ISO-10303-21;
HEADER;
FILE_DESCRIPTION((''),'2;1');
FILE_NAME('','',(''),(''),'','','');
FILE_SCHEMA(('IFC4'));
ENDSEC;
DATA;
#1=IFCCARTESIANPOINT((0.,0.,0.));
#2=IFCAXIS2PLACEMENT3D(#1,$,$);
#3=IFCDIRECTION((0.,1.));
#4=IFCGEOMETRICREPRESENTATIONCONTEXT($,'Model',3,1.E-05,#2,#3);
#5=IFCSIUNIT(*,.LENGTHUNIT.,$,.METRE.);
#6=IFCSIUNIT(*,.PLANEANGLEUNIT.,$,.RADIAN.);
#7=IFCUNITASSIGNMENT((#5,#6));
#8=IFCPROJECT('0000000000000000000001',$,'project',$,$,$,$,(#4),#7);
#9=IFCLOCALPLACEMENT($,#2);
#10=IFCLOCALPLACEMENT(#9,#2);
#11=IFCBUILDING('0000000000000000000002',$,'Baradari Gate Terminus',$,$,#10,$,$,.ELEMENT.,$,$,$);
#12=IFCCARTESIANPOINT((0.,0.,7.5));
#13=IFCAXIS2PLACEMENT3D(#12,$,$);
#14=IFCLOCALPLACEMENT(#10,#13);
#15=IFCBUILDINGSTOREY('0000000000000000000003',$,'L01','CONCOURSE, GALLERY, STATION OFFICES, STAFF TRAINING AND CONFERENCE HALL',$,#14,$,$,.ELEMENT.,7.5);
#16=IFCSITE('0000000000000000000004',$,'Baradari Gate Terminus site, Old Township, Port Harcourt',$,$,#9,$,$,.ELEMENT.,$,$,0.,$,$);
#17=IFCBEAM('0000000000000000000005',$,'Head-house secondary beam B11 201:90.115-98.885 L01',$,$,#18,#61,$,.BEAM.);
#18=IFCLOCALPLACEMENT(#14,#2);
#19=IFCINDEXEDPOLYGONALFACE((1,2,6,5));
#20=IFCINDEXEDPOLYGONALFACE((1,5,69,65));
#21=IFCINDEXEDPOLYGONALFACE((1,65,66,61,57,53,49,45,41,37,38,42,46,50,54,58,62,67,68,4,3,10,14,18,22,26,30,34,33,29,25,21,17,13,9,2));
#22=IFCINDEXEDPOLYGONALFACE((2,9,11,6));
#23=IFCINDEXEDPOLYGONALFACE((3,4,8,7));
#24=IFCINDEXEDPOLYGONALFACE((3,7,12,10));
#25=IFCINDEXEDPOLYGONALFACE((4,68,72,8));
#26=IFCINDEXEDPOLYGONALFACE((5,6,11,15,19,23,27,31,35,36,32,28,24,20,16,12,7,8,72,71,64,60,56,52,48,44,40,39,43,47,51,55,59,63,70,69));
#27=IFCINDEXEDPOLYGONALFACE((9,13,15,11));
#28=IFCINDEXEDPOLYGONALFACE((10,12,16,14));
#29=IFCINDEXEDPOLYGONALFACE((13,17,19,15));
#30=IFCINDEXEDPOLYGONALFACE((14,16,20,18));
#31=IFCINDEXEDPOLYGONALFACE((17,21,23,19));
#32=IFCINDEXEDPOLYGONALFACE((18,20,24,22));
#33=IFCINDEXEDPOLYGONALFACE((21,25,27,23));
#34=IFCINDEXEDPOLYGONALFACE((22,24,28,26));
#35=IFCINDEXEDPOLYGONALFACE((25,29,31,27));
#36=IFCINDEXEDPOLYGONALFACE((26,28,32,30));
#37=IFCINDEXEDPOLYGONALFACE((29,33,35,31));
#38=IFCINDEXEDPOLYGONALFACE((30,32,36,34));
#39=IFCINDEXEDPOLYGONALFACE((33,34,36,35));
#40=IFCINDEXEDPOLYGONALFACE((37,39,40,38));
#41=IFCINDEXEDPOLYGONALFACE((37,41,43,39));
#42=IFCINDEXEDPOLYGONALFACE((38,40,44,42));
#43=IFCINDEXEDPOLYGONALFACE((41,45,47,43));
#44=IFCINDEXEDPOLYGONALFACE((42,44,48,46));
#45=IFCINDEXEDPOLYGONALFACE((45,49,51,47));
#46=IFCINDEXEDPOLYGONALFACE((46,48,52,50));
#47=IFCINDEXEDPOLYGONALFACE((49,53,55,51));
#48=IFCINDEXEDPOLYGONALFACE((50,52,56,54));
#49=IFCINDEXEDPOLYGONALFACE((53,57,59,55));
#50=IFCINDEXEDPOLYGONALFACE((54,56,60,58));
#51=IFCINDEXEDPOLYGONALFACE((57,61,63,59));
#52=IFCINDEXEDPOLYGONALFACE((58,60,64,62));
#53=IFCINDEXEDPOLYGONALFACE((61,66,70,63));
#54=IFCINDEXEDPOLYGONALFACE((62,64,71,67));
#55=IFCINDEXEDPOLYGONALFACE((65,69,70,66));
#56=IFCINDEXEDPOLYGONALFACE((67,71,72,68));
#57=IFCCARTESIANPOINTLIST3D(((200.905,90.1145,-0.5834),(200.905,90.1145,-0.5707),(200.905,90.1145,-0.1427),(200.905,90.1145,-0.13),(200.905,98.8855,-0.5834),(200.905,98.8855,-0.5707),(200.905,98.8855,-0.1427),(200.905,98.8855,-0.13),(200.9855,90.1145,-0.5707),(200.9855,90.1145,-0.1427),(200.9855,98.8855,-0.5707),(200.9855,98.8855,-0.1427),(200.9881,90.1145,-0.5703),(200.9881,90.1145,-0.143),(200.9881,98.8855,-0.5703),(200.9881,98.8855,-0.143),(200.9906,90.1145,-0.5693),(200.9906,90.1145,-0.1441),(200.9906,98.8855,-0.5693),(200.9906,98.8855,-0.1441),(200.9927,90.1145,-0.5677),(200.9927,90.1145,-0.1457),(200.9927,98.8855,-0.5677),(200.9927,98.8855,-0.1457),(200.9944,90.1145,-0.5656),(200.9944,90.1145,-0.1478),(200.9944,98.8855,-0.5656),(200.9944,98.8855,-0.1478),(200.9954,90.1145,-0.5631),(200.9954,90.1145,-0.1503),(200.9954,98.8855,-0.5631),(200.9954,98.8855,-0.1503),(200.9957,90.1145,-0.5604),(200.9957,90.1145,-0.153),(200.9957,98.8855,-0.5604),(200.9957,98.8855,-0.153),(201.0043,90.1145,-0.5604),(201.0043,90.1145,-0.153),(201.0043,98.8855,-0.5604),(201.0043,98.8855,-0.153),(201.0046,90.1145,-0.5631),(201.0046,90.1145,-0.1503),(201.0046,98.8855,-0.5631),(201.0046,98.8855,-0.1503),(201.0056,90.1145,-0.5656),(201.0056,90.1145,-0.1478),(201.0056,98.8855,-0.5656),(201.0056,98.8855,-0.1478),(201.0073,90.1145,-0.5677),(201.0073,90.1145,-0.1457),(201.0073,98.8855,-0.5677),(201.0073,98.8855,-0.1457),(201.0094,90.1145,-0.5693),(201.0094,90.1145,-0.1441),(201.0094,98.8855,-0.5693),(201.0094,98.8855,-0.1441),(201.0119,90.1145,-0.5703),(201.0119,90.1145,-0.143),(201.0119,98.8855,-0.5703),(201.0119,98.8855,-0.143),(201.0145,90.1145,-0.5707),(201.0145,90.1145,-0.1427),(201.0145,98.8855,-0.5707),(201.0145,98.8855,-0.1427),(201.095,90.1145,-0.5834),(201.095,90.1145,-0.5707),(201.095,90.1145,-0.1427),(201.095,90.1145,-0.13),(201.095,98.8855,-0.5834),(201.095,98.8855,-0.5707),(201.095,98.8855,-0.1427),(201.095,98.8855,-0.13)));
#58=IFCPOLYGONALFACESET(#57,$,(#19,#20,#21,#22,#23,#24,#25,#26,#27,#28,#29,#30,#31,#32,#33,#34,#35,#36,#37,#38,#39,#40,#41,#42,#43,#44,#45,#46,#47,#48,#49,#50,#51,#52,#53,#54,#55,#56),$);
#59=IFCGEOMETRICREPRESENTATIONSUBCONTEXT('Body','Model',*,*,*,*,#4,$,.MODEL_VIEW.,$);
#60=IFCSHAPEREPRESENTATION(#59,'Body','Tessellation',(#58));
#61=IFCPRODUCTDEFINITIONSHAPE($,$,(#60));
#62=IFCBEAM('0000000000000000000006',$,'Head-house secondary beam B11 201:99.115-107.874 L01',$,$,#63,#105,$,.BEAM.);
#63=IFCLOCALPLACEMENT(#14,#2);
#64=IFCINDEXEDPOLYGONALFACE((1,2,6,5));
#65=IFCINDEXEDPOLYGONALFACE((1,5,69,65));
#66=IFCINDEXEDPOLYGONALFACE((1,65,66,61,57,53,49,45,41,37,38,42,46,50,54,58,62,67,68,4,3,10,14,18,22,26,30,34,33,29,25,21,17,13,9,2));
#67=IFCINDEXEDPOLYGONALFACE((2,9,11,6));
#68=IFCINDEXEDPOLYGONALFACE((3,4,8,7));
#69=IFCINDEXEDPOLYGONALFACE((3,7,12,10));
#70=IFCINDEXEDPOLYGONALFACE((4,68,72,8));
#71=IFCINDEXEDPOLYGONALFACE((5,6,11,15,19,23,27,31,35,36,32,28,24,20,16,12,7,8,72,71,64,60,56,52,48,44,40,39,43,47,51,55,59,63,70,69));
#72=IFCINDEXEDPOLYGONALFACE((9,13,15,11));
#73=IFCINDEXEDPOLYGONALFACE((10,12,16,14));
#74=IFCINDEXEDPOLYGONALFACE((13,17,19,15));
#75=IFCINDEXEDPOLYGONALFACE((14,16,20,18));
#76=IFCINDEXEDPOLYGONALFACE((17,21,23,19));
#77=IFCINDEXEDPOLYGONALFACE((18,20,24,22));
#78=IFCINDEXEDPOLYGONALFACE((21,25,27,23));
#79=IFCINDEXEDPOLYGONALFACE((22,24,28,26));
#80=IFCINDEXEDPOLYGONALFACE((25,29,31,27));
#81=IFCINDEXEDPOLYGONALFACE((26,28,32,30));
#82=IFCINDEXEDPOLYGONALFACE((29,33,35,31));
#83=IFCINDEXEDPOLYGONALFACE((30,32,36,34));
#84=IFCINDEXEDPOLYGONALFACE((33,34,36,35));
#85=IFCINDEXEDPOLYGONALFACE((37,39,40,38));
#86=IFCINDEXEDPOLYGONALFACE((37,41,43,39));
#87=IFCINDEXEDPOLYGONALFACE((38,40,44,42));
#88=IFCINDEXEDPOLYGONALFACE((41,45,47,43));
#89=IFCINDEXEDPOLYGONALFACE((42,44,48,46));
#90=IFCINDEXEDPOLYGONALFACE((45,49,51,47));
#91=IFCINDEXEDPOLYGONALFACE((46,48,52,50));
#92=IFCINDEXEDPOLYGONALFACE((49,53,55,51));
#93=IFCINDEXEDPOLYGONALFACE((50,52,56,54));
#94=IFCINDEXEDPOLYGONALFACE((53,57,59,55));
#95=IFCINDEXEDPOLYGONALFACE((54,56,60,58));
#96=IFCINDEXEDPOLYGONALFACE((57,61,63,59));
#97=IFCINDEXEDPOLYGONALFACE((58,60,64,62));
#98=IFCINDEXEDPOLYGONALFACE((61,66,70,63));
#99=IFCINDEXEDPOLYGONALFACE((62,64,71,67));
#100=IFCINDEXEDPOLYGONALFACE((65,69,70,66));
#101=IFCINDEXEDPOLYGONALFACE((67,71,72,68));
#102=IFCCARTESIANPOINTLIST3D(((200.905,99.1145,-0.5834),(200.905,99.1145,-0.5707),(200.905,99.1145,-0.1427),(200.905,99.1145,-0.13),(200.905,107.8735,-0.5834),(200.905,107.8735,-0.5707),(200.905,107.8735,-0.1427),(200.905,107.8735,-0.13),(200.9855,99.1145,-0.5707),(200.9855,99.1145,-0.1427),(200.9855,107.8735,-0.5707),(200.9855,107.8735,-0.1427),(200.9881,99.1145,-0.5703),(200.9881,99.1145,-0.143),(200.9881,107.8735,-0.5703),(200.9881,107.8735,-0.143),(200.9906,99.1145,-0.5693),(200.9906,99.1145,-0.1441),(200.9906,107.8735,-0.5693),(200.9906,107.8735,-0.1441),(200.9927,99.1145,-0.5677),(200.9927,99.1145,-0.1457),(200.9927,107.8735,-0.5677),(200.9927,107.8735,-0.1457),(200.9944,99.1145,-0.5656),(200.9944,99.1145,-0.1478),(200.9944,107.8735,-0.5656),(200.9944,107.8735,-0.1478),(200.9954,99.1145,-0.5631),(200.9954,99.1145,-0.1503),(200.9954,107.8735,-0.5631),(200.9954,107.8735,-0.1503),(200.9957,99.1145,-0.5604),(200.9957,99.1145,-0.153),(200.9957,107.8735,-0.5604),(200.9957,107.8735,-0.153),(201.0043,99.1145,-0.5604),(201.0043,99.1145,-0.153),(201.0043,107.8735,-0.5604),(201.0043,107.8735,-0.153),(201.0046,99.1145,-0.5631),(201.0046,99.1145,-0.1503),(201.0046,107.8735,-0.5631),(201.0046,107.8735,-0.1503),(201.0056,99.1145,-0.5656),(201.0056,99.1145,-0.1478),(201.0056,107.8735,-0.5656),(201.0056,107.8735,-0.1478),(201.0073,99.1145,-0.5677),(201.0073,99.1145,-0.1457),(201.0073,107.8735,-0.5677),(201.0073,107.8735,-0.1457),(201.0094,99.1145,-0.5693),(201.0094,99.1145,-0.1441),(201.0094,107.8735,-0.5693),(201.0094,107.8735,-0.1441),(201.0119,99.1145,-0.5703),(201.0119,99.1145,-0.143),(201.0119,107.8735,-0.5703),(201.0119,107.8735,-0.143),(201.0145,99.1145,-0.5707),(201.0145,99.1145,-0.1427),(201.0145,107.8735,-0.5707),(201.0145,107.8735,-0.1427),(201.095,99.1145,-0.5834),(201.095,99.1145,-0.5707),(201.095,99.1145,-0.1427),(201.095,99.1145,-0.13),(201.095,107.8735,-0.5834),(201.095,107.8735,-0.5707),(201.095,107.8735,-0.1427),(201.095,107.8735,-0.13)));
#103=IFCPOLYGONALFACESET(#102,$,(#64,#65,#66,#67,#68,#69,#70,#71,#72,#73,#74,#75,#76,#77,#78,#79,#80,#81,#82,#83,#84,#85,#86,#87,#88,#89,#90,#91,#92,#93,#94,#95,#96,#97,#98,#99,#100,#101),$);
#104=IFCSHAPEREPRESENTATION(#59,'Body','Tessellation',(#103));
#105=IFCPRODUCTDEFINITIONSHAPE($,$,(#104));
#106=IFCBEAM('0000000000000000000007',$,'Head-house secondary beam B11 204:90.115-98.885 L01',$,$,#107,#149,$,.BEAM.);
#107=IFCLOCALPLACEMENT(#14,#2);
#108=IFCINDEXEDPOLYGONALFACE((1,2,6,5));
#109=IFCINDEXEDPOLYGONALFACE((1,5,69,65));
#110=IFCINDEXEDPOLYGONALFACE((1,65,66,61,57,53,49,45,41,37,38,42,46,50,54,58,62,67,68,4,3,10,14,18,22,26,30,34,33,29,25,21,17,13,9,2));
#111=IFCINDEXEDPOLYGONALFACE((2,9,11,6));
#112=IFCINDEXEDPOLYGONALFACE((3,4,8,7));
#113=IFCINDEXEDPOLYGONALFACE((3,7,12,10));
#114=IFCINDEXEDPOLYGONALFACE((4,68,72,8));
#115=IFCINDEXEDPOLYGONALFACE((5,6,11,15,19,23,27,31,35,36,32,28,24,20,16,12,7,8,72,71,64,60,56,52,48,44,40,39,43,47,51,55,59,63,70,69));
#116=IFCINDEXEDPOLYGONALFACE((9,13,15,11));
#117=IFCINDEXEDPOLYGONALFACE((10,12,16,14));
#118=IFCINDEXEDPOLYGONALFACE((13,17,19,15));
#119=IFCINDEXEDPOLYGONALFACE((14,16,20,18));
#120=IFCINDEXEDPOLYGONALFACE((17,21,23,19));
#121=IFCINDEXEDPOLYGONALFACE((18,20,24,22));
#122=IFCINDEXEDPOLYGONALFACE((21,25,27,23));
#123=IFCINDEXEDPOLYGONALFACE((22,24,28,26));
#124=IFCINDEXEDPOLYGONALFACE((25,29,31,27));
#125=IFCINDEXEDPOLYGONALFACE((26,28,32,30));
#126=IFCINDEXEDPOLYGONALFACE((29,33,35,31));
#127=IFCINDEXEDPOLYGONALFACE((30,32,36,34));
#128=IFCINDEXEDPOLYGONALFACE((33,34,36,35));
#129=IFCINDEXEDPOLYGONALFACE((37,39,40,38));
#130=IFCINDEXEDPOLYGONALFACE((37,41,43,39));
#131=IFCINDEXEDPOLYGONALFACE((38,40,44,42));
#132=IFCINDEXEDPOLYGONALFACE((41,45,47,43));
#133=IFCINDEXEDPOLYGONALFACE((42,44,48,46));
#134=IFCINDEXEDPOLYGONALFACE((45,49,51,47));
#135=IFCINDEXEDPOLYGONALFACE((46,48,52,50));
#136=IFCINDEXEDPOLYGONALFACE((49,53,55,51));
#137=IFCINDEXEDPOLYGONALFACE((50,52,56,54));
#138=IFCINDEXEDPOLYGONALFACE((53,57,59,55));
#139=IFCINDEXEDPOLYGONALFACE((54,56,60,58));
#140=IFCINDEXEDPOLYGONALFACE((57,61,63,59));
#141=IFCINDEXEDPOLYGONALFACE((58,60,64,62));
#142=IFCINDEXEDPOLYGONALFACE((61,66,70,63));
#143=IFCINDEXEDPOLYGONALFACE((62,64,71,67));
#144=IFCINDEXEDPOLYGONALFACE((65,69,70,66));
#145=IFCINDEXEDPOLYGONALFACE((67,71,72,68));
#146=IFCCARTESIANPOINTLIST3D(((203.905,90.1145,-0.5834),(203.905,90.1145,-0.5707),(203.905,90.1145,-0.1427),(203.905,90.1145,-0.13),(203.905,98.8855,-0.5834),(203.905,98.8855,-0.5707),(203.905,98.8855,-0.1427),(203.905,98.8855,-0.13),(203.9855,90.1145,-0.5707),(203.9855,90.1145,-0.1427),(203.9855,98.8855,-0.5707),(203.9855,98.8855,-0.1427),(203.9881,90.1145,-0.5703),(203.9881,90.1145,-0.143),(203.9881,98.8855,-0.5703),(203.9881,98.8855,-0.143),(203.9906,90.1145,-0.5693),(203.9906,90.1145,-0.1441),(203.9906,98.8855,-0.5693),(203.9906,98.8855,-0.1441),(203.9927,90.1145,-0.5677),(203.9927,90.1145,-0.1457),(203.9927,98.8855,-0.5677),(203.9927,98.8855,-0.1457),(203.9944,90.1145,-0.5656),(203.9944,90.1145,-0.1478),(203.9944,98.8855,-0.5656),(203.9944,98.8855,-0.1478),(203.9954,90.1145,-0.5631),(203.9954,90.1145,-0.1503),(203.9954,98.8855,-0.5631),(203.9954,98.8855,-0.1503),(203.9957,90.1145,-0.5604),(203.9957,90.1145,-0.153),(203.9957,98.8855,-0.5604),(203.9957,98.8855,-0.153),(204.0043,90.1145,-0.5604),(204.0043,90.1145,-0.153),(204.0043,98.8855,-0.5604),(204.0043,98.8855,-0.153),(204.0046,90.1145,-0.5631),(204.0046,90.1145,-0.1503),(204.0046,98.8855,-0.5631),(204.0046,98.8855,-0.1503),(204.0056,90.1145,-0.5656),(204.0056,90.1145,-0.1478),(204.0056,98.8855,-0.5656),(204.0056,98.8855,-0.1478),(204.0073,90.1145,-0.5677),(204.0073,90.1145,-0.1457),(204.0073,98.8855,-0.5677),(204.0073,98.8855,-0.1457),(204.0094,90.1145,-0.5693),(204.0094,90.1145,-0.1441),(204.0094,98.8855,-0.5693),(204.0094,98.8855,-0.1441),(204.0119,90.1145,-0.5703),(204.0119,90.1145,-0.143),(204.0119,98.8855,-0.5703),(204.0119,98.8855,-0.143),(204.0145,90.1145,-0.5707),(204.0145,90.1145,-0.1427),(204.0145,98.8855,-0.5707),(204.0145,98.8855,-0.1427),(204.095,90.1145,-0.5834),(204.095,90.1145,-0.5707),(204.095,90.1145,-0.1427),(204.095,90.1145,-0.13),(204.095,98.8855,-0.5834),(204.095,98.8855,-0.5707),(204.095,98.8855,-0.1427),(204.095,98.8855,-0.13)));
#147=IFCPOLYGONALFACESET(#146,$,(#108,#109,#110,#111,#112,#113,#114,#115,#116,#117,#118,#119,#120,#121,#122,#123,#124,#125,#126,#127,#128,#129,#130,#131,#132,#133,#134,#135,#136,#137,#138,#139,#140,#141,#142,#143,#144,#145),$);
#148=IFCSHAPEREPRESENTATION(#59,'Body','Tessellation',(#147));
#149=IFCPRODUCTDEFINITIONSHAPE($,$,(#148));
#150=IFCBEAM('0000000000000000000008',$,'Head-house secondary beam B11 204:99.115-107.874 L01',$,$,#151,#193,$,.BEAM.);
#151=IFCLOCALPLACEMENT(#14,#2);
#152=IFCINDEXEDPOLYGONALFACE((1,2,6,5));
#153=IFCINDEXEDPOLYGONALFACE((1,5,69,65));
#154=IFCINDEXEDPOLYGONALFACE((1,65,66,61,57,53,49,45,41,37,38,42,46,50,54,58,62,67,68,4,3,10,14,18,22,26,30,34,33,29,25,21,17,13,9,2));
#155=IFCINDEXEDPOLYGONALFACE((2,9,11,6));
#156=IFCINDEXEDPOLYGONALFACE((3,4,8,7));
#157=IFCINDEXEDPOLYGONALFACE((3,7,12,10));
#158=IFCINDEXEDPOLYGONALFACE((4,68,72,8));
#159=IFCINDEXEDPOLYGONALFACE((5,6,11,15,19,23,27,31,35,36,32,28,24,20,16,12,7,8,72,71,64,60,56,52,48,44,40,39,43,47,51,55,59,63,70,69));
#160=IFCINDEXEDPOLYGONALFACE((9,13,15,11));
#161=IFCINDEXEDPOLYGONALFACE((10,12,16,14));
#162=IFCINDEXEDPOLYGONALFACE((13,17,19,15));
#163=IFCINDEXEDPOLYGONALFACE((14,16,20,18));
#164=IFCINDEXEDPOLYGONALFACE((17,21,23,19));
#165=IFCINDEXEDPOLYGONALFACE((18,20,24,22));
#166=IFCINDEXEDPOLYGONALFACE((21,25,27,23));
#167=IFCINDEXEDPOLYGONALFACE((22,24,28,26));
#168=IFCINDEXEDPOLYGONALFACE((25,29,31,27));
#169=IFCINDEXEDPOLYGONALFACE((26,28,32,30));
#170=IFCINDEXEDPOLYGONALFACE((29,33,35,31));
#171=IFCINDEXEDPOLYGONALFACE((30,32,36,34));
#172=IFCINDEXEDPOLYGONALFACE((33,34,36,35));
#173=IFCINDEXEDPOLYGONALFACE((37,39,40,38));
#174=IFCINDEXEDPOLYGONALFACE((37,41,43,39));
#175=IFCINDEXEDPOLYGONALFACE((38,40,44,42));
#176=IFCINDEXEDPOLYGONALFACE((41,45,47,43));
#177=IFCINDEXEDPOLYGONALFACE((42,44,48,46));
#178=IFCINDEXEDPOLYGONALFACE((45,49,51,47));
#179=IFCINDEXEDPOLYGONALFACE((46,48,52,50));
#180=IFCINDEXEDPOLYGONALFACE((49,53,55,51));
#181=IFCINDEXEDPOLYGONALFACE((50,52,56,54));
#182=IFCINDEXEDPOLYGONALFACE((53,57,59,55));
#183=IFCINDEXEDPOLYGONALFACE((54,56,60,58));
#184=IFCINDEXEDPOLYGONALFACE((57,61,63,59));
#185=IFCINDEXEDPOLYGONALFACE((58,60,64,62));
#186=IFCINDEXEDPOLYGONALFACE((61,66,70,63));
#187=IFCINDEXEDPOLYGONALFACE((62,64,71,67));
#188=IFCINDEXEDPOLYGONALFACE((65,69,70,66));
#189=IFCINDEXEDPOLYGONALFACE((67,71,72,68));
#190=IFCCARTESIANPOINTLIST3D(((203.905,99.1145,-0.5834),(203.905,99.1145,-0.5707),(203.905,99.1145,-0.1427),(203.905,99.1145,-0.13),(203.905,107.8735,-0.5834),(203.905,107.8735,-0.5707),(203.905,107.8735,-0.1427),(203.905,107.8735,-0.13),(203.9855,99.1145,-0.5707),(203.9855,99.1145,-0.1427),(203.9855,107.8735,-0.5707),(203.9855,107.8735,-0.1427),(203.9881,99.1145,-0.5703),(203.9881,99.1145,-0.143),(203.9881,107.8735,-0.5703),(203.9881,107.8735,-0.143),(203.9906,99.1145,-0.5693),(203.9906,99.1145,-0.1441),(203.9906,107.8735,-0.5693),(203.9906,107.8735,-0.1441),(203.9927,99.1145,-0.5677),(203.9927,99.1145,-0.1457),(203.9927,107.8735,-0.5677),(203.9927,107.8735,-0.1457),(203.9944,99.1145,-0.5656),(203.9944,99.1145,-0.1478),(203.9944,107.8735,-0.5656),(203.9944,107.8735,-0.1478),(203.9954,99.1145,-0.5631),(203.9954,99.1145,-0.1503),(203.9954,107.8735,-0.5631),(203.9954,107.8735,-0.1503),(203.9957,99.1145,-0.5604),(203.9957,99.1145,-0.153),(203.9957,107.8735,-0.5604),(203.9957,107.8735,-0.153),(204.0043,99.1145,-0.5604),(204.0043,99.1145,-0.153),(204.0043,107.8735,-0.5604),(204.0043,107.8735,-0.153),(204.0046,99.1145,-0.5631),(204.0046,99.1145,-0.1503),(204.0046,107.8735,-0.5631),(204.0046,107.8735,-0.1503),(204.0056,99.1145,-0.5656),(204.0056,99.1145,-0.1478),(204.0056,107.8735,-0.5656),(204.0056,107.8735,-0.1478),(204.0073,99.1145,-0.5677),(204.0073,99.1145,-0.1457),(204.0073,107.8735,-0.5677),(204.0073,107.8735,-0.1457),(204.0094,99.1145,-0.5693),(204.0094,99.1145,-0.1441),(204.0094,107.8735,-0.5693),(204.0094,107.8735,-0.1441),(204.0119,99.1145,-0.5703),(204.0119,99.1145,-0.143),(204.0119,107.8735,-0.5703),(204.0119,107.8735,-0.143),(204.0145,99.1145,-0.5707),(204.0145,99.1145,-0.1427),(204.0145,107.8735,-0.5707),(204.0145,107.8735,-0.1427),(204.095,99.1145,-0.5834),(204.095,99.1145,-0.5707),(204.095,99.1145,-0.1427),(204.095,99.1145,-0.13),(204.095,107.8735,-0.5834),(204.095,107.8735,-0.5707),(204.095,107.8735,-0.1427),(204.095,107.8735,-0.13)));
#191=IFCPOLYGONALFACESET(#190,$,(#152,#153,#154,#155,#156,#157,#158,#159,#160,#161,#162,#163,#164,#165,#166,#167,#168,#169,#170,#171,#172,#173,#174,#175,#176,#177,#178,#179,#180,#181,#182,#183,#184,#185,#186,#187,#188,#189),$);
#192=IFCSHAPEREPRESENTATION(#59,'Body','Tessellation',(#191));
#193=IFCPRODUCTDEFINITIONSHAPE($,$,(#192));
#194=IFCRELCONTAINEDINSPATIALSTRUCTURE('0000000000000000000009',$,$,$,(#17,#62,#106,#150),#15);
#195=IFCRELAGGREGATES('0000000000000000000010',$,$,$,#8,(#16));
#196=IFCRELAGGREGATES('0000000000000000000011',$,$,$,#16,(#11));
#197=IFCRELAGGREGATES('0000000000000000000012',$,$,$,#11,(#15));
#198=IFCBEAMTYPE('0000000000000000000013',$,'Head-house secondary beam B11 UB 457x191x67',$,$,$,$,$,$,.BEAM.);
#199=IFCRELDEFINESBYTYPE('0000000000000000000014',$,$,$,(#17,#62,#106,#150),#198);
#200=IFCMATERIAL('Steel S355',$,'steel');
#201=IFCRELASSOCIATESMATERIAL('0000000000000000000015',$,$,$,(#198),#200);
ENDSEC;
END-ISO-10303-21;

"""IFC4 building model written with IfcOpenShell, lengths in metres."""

from ifc_helpers import new_model, si_unit, direction, frame, origin, origin_2d, place, context, subcontext, project, spatial, i_section, extrude, material, material_profile, profile_set, type_object, element, save


model = new_model("IFC4")

# Units and contexts
model_context = context("Model", 3, precision=1e-05, world=origin(), true_north=direction((0.0, 1.0)))
body_context = subcontext(model_context, "Body", "Model", "MODEL_VIEW")
ifc_project = project(units=[si_unit("LENGTHUNIT", "METRE"), si_unit("PLANEANGLEUNIT", "RADIAN")], contexts=[model_context])

# Site, building, storey
site_placement = place(None, origin())
site = spatial("IfcSite", under=ifc_project, at=site_placement, Name="Baradari Gate Terminus site, Old Township, Port Harcourt", CompositionType="ELEMENT", RefElevation=0.0)
building_placement = place(site_placement, origin())
building = spatial("IfcBuilding", under=site, at=building_placement, Name="Baradari Gate Terminus", CompositionType="ELEMENT")
storey_placement = place(building_placement, frame((0.0, 0.0, 7.5)))
storey = spatial("IfcBuildingStorey", under=building, at=storey_placement, Name="L01", Description="CONCOURSE, GALLERY, STATION OFFICES, STAFF TRAINING AND CONFERENCE HALL", CompositionType="ELEMENT", Elevation=7.5)

# Beams
ifc_material_1 = material(Name="Steel S355", Category="steel")
ifc_material_profile_1 = material_profile(ifc_material_1, i_section(OverallWidth=0.1899, OverallDepth=0.4534, WebThickness=0.0085, FlangeThickness=0.0127, FilletRadius=0.0103, at=origin_2d()), Name="UB 457x191x67")
ifc_profile_set_1 = profile_set([ifc_material_profile_1], Name="Steel S355")
beam_type_1 = type_object("IfcBeamType", Name="Head-house secondary beam B11 UB 457x191x67", PredefinedType="BEAM", material=ifc_profile_set_1)
beam_1_placement = place(storey_placement, frame((201.0, 90.1145, -0.3567), z_axis=(0.0, 1.0, 0.0), x_axis=(-1.0, 0.0, 0.0)))
element("IfcBeam", 1, at=beam_1_placement, inside=storey, type_object=beam_type_1, Name="Head-house secondary beam B11 201:90.115-98.885 L01", PredefinedType="BEAM", context=body_context, shape_type="SweptSolid", body=[
    extrude(i_section(OverallWidth=0.1899, OverallDepth=0.4534, WebThickness=0.0085, FlangeThickness=0.0127, FilletRadius=0.0103, at=origin_2d()), origin(), (0.0, 0.0, 1.0), 8.771),
])
beam_2_placement = place(storey_placement, frame((201.0, 99.1145, -0.3567), z_axis=(0.0, 1.0, 0.0), x_axis=(-1.0, 0.0, 0.0)))
element("IfcBeam", 2, at=beam_2_placement, inside=storey, type_object=beam_type_1, Name="Head-house secondary beam B11 201:99.115-107.874 L01", PredefinedType="BEAM", context=body_context, shape_type="SweptSolid", body=[
    extrude(i_section(OverallWidth=0.1899, OverallDepth=0.4534, WebThickness=0.0085, FlangeThickness=0.0127, FilletRadius=0.0103, at=origin_2d()), origin(), (0.0, 0.0, 1.0), 8.759),
])
beam_3_placement = place(storey_placement, frame((204.0, 90.1145, -0.3567), z_axis=(0.0, 1.0, 0.0), x_axis=(-1.0, 0.0, 0.0)))
element("IfcBeam", 3, at=beam_3_placement, inside=storey, type_object=beam_type_1, Name="Head-house secondary beam B11 204:90.115-98.885 L01", PredefinedType="BEAM", context=body_context, shape_type="SweptSolid", body=[
    extrude(i_section(OverallWidth=0.1899, OverallDepth=0.4534, WebThickness=0.0085, FlangeThickness=0.0127, FilletRadius=0.0103, at=origin_2d()), origin(), (0.0, 0.0, 1.0), 8.771),
])
beam_4_placement = place(storey_placement, frame((204.0, 99.1145, -0.3567), z_axis=(0.0, 1.0, 0.0), x_axis=(-1.0, 0.0, 0.0)))
element("IfcBeam", 4, at=beam_4_placement, inside=storey, type_object=beam_type_1, Name="Head-house secondary beam B11 204:99.115-107.874 L01", PredefinedType="BEAM", context=body_context, shape_type="SweptSolid", body=[
    extrude(i_section(OverallWidth=0.1899, OverallDepth=0.4534, WebThickness=0.0085, FlangeThickness=0.0127, FilletRadius=0.0103, at=origin_2d()), origin(), (0.0, 0.0, 1.0), 8.759),
])

save(model, "model.ifc")
